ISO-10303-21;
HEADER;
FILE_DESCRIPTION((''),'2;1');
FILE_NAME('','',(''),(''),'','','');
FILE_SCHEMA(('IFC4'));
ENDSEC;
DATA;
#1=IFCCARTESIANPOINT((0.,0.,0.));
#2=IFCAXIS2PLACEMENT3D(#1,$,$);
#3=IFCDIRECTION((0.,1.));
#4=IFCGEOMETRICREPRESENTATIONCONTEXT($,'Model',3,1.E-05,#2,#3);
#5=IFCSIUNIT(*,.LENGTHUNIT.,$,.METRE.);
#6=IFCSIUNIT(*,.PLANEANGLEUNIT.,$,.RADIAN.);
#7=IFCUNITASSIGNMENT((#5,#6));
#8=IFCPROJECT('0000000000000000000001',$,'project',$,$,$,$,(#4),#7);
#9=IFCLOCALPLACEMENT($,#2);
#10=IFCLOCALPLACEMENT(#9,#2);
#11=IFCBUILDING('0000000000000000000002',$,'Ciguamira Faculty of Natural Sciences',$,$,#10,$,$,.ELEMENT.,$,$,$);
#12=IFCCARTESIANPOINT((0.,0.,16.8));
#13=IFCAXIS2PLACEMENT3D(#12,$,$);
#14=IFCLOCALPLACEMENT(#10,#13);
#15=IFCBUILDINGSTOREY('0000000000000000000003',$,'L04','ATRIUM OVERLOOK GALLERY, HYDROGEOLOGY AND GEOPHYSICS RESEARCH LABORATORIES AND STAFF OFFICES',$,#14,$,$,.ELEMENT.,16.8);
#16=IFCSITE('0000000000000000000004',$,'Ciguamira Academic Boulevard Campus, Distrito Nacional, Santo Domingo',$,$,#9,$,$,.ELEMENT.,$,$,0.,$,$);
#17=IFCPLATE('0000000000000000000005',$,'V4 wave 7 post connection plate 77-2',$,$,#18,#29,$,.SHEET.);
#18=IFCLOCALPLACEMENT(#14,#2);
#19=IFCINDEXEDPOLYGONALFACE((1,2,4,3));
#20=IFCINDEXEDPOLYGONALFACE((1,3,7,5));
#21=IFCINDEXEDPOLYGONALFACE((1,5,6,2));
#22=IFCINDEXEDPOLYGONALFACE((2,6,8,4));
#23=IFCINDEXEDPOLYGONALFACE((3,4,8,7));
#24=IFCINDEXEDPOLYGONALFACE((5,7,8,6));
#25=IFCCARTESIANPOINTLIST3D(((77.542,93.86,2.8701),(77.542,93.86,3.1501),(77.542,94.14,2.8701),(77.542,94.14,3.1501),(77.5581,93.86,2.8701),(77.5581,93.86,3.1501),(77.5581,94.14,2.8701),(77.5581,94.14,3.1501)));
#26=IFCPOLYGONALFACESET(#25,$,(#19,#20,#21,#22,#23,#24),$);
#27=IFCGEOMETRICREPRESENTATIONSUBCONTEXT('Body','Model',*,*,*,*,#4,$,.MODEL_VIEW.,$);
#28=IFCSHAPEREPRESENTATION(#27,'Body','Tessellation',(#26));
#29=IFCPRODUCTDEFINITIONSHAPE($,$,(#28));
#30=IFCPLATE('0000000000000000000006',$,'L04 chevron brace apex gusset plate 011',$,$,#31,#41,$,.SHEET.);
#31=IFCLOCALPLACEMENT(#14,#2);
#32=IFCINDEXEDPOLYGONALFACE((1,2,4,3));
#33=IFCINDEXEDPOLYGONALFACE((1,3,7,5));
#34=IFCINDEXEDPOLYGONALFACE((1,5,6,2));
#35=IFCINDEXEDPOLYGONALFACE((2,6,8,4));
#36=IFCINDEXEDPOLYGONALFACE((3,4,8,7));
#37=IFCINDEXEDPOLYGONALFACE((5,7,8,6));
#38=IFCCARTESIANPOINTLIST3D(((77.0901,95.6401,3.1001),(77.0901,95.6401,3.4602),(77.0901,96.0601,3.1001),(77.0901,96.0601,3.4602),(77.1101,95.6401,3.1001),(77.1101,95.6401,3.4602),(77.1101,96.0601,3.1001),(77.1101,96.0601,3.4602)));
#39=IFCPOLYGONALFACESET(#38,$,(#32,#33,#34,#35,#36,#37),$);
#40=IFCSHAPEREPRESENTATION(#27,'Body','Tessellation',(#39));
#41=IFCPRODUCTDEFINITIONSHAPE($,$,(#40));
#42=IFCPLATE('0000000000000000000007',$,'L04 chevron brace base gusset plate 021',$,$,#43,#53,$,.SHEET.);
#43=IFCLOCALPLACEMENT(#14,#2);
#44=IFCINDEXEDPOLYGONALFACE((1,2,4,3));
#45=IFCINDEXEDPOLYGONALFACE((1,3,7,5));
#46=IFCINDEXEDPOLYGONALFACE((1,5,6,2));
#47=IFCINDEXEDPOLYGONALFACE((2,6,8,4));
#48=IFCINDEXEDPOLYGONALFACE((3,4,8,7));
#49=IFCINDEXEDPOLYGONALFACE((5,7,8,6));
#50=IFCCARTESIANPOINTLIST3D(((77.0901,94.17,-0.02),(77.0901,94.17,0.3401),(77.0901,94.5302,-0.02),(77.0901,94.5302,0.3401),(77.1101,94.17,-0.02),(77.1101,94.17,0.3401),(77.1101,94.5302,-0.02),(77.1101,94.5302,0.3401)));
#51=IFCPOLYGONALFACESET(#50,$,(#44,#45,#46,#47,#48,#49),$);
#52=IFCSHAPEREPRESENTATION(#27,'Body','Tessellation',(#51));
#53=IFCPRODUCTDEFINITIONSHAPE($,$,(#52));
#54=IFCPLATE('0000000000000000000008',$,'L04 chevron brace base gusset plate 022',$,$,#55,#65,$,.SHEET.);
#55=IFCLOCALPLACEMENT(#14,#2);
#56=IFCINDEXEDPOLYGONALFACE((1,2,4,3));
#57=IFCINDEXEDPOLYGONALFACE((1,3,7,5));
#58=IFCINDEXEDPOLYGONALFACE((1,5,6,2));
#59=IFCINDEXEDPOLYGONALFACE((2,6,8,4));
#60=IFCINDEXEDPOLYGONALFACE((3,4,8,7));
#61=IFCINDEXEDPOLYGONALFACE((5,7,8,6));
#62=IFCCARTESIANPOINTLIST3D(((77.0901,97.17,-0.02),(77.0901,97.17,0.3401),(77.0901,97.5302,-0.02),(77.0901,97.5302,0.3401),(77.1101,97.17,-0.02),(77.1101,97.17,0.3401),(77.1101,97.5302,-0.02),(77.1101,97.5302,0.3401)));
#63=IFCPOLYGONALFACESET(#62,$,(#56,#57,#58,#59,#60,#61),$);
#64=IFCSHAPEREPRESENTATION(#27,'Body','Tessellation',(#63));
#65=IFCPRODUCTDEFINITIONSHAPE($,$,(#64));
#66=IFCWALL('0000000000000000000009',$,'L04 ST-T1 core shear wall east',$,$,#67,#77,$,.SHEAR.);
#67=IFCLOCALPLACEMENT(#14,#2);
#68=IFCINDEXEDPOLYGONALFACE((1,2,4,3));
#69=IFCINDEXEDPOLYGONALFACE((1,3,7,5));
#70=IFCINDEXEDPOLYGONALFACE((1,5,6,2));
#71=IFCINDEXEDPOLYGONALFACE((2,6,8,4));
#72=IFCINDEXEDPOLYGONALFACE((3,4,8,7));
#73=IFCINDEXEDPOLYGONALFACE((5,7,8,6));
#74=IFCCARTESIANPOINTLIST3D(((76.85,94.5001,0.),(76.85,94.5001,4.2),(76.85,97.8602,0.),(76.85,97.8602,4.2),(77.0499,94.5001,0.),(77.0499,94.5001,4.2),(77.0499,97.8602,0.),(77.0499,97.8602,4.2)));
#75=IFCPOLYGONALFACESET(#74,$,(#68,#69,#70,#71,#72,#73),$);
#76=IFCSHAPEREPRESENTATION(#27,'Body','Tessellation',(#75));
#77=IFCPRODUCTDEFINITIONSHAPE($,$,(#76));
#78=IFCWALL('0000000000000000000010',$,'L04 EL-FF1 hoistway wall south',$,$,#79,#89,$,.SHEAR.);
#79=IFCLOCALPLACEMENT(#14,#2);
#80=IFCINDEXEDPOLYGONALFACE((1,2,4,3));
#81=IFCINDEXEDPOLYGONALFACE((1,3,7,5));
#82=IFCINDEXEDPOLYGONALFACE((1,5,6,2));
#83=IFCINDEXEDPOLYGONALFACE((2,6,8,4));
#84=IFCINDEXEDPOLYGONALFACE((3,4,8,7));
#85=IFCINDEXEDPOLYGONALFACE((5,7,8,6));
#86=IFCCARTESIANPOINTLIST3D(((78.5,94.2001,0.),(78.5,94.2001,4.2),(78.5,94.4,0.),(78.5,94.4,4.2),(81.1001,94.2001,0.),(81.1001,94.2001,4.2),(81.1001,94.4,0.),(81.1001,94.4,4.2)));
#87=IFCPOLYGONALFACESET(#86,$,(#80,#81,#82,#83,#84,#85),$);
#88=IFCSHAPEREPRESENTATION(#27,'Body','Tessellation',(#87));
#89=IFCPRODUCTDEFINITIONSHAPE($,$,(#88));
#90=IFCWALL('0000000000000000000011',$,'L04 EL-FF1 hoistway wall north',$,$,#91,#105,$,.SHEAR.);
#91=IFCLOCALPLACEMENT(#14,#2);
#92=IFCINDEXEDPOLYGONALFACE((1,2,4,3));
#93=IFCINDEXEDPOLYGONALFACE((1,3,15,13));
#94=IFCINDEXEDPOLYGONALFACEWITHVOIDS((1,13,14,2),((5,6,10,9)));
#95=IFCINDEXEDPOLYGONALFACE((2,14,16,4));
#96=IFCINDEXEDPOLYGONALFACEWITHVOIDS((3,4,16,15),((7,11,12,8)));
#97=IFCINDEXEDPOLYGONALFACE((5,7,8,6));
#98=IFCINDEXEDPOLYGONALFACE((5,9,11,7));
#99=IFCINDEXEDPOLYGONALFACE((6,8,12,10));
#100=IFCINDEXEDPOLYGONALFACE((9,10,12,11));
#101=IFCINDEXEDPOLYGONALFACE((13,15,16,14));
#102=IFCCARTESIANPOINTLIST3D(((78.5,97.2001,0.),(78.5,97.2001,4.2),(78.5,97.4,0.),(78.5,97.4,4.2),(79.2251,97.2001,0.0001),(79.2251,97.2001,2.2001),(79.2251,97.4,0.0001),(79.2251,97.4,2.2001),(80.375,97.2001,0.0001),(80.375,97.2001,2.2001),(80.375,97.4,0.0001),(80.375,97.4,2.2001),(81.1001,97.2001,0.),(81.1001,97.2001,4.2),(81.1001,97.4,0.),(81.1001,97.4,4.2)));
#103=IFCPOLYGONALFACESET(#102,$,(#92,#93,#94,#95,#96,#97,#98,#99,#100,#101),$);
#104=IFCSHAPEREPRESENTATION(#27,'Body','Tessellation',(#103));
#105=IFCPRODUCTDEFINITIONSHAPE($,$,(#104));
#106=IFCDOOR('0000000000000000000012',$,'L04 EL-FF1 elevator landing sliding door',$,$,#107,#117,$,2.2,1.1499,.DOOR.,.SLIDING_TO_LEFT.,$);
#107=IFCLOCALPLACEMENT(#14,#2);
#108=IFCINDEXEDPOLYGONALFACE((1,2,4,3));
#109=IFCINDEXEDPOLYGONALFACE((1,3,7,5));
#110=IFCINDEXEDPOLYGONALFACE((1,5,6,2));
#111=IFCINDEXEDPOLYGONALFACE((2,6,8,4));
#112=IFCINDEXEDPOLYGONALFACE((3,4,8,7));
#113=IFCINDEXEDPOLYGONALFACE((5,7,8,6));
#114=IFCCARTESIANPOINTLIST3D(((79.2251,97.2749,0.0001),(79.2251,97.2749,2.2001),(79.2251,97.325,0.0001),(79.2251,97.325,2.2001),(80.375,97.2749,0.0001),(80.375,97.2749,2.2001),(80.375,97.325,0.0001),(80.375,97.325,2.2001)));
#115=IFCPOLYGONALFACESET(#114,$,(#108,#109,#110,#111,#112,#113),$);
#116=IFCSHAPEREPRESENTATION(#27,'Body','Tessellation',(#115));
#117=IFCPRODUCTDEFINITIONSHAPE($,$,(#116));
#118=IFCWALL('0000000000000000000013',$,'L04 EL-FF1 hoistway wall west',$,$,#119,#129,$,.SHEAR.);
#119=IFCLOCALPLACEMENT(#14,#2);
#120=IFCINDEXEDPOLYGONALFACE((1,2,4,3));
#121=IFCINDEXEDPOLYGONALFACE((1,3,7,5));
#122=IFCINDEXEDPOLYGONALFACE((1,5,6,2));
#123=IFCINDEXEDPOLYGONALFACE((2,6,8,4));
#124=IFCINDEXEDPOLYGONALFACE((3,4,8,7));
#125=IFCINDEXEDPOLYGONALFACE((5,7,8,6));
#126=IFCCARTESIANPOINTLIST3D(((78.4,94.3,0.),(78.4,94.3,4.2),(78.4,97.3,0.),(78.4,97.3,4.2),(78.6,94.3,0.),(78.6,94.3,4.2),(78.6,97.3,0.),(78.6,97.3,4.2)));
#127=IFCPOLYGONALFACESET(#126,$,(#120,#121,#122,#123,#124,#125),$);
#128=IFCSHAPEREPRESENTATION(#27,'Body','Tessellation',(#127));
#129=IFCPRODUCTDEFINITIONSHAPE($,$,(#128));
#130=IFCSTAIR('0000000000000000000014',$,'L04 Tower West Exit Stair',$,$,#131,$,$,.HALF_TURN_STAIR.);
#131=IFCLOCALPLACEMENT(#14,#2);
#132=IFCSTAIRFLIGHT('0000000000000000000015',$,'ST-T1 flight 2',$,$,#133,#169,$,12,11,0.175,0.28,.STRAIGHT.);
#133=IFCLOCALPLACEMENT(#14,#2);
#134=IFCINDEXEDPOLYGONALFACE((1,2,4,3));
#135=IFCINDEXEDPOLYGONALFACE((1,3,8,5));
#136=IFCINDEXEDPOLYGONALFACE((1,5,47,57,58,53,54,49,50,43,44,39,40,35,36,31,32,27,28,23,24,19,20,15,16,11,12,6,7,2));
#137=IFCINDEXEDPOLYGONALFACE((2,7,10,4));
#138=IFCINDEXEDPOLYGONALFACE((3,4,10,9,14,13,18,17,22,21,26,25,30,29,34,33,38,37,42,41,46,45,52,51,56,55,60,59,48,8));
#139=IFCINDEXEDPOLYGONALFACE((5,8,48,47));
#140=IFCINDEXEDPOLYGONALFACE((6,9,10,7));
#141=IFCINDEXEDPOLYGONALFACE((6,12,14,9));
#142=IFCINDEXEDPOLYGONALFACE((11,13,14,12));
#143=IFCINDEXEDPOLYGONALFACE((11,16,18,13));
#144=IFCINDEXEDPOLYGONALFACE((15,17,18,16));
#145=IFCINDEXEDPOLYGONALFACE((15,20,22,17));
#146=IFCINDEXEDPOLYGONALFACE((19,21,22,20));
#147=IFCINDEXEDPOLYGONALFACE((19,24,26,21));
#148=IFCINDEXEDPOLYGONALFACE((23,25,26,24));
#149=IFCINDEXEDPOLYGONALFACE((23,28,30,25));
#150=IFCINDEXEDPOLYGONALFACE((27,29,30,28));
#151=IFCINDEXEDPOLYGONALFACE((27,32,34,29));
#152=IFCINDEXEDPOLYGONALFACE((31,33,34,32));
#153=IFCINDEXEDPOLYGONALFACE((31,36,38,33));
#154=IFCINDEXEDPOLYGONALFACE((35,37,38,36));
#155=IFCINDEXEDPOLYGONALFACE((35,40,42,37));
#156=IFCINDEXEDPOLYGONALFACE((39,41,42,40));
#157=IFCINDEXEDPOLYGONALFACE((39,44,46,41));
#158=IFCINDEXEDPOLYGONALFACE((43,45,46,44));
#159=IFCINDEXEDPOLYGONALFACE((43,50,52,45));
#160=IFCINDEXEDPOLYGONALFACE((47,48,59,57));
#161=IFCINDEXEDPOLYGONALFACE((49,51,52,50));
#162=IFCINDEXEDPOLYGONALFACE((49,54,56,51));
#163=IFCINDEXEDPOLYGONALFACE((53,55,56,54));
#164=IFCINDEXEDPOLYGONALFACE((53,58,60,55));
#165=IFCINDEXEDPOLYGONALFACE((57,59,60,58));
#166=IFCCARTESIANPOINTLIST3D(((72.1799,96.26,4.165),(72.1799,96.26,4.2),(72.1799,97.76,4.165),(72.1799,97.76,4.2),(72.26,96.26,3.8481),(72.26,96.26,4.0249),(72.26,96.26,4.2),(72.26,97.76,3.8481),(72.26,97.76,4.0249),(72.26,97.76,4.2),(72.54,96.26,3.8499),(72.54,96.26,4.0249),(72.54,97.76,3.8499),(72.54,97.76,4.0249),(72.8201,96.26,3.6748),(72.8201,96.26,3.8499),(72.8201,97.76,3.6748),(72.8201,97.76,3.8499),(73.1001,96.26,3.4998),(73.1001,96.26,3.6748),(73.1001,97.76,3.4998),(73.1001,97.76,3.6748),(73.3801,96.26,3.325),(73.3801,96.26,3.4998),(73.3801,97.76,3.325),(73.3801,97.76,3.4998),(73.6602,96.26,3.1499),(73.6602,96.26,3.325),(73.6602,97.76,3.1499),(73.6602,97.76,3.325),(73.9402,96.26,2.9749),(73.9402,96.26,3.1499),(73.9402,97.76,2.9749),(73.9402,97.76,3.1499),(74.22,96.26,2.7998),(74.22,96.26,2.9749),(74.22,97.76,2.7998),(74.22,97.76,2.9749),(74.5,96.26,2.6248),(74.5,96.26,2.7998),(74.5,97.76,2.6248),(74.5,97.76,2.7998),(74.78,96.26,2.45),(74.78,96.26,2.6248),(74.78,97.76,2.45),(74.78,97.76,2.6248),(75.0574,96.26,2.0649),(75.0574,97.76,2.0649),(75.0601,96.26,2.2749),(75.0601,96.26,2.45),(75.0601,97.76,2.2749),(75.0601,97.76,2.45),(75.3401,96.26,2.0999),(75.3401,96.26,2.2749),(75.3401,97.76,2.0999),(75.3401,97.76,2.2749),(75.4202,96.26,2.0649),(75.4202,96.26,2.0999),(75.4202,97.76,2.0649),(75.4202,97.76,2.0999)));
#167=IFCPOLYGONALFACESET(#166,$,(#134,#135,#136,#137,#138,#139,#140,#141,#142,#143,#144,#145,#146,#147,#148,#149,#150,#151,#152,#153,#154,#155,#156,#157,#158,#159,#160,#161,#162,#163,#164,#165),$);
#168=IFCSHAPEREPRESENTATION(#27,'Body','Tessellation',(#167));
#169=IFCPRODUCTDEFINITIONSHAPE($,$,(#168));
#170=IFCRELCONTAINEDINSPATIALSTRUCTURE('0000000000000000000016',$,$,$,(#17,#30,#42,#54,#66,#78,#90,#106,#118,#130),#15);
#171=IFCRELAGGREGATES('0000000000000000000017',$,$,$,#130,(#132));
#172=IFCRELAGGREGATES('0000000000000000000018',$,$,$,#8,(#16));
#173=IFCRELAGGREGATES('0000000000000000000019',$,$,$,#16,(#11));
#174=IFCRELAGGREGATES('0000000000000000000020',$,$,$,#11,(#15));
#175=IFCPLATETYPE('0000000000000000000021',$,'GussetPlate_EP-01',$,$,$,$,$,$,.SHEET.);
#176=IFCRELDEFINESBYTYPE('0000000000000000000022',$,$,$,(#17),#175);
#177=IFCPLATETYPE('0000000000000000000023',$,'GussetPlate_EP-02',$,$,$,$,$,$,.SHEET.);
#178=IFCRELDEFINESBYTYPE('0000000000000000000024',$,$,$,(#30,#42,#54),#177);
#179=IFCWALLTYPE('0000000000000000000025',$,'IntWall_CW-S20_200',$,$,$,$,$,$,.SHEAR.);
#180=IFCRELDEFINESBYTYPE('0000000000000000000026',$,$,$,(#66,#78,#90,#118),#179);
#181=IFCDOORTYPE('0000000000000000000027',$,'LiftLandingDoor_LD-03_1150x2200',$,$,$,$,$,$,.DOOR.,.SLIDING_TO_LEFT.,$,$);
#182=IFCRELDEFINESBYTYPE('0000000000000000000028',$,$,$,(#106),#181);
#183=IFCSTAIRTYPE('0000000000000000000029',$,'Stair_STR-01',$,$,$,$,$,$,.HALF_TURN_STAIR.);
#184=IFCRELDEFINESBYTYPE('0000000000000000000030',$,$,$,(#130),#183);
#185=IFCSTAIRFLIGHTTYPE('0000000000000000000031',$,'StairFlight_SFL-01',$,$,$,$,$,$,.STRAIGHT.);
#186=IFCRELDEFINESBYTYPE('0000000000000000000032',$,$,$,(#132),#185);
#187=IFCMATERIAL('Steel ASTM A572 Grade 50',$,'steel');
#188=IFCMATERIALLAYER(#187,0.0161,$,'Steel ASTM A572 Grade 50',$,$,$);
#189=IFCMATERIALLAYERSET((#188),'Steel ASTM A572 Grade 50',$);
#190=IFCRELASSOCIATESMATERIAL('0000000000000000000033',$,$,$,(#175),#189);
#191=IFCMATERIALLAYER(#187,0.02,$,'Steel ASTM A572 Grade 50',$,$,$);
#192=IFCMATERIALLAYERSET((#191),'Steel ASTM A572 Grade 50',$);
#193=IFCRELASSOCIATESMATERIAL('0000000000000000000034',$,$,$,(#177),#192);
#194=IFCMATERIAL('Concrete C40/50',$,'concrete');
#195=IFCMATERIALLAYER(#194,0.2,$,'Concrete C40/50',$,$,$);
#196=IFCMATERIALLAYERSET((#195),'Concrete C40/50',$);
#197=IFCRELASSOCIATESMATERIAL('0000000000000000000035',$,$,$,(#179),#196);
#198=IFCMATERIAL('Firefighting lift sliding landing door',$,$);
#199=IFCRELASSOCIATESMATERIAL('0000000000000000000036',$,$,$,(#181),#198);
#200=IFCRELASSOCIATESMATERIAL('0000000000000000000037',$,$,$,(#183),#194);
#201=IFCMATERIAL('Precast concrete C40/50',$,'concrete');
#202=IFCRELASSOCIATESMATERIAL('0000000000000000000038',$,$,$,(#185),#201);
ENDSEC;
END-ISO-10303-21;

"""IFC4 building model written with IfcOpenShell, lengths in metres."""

from ifc_helpers import new_model, si_unit, direction, frame, frame_2d, origin, origin_2d, place, context, subcontext, project, spatial, polyline, rectangle, outline, extrude, material, layer, layer_set, type_object, element, fill, aggregate, save


model = new_model("IFC4")

# Units and contexts
model_context = context("Model", 3, precision=1e-05, world=origin(), true_north=direction((0.0, 1.0)))
body_context = subcontext(model_context, "Body", "Model", "MODEL_VIEW")
ifc_project = project(units=[si_unit("LENGTHUNIT", "METRE"), si_unit("PLANEANGLEUNIT", "RADIAN")], contexts=[model_context])

# Site, building, storey
site_placement = place(None, origin())
site = spatial("IfcSite", under=ifc_project, at=site_placement, Name="Ciguamira Academic Boulevard Campus, Distrito Nacional, Santo Domingo", CompositionType="ELEMENT", RefElevation=0.0)
building_placement = place(site_placement, origin())
building = spatial("IfcBuilding", under=site, at=building_placement, Name="Ciguamira Faculty of Natural Sciences", CompositionType="ELEMENT")
storey_placement = place(building_placement, frame((0.0, 0.0, 16.8)))
storey = spatial("IfcBuildingStorey", under=building, at=storey_placement, Name="L04", Description="ATRIUM OVERLOOK GALLERY, HYDROGEOLOGY AND GEOPHYSICS RESEARCH LABORATORIES AND STAFF OFFICES", CompositionType="ELEMENT", Elevation=16.8)

# Shared definitions
ifc_material_1 = material(Name="Concrete C40/50", Category="concrete")

# Plates
ifc_material_2 = material(Name="Steel ASTM A572 Grade 50", Category="steel")
ifc_layer_1 = layer(ifc_material_2, 0.0161, Name="Steel ASTM A572 Grade 50")
ifc_layer_set_1 = layer_set([ifc_layer_1], Name="Steel ASTM A572 Grade 50")
plate_type_1 = type_object("IfcPlateType", Name="GussetPlate_EP-01", PredefinedType="SHEET", material=ifc_layer_set_1)
plate_1_placement = place(storey_placement, frame((77.55, 94.0, 2.8701), z_axis=(0.0, 0.0, 1.0), x_axis=(1.0, 0.0, 0.0)))
element("IfcPlate", 1, at=plate_1_placement, inside=storey, type_object=plate_type_1, Name="V4 wave 7 post connection plate 77-2", PredefinedType="SHEET", context=body_context, shape_type="SweptSolid", body=[
    extrude(rectangle(XDim=0.0161, YDim=0.28, at=origin_2d()), origin(), (0.0, 0.0, 1.0), 0.28),
])
ifc_layer_2 = layer(ifc_material_2, 0.02, Name="Steel ASTM A572 Grade 50")
ifc_layer_set_2 = layer_set([ifc_layer_2], Name="Steel ASTM A572 Grade 50")
plate_type_2 = type_object("IfcPlateType", Name="GussetPlate_EP-02", PredefinedType="SHEET", material=ifc_layer_set_2)
plate_2_placement = place(storey_placement, frame((77.1001, 95.8501, 3.1001), z_axis=(0.0, 0.0, 1.0), x_axis=(1.0, 0.0, 0.0)))
element("IfcPlate", 2, at=plate_2_placement, inside=storey, type_object=plate_type_2, Name="L04 chevron brace apex gusset plate 011", PredefinedType="SHEET", context=body_context, shape_type="SweptSolid", body=[
    extrude(rectangle(XDim=0.02, YDim=0.4199, at=origin_2d()), origin(), (0.0, 0.0, 1.0), 0.3601),
])
for number, where, z_axis, x_axis, name in (
    (3, (77.1001, 94.3501, -0.02), (0.0, 0.0, 1.0), (1.0, 0.0, 0.0), "L04 chevron brace base gusset plate 021"),
    (4, (77.1001, 97.3501, -0.02), (0.0, 0.0, 1.0), (1.0, 0.0, 0.0), "L04 chevron brace base gusset plate 022"),
):
    element("IfcPlate", number, at=place(storey_placement, frame(where, z_axis=z_axis, x_axis=x_axis)), inside=storey, type_object=plate_type_2, Name=name, PredefinedType="SHEET", context=body_context, shape_type="SweptSolid", body=[
        extrude(rectangle(XDim=0.02, YDim=0.3601, at=origin_2d()), origin(), (0.0, 0.0, 1.0), 0.3601),
    ])

# Walls
ifc_layer_3 = layer(ifc_material_1, 0.2, Name="Concrete C40/50")
ifc_layer_set_3 = layer_set([ifc_layer_3], Name="Concrete C40/50")
wall_type = type_object("IfcWallType", Name="IntWall_CW-S20_200", PredefinedType="SHEAR", material=ifc_layer_set_3)
wall_1_placement = place(storey_placement, frame((76.95, 94.5, 0.0), z_axis=(0.0, 0.0, 1.0), x_axis=(0.0, 1.0, 0.0)))
element("IfcWall", 5, at=wall_1_placement, inside=storey, type_object=wall_type, Name="L04 ST-T1 core shear wall east", PredefinedType="SHEAR", context=body_context, shape_type="SweptSolid", body=[
    extrude(rectangle(XDim=3.3601, YDim=0.2, at=frame_2d((1.6802, 0.0))), origin(), (0.0, 0.0, 1.0), 4.2),
])
wall_2_placement = place(storey_placement, frame((78.5, 94.3, 0.0), z_axis=(0.0, 0.0, 1.0), x_axis=(1.0, 0.0, 0.0)))
element("IfcWall", 6, at=wall_2_placement, inside=storey, type_object=wall_type, Name="L04 EL-FF1 hoistway wall south", PredefinedType="SHEAR", context=body_context, shape_type="SweptSolid", body=[
    extrude(rectangle(XDim=2.6001, YDim=0.2, at=frame_2d((1.3, 0.0))), origin(), (0.0, 0.0, 1.0), 4.2),
])

# Wall, opening, door
wall_3_placement = place(storey_placement, frame((78.5, 97.3, 0.0), z_axis=(0.0, 0.0, 1.0), x_axis=(1.0, 0.0, 0.0)))
wall_3 = element("IfcWall", 7, at=wall_3_placement, inside=storey, type_object=wall_type, Name="L04 EL-FF1 hoistway wall north", PredefinedType="SHEAR", context=body_context, shape_type="SweptSolid", body=[
    extrude(rectangle(XDim=2.6001, YDim=0.2, at=frame_2d((1.3, 0.0))), origin(), (0.0, 0.0, 1.0), 4.2),
])
opening_placement = place(wall_3_placement, frame((0.7251, 0.0, 0.0)))
opening = element("IfcOpeningElement", 8, at=opening_placement, cuts=wall_3, PredefinedType="OPENING", context=body_context, shape_type="SweptSolid", body=[
    extrude(rectangle(XDim=1.1499, YDim=2.2, at=frame_2d((0.575, 1.1001))), frame((0.0, 0.1099, 0.0), z_axis=(0.0, -1.0, 0.0), x_axis=(1.0, 0.0, 0.0)), (0.0, 0.0, 1.0), 0.22),
])
ifc_material_3 = material(Name="Firefighting lift sliding landing door")
door_type = type_object("IfcDoorType", Name="LiftLandingDoor_LD-03_1150x2200", OperationType="SLIDING_TO_LEFT", PredefinedType="DOOR", material=ifc_material_3)
door_placement = place(opening_placement, origin())
door = element("IfcDoor", 9, at=door_placement, inside=storey, type_object=door_type, Name="L04 EL-FF1 elevator landing sliding door", OperationType="SLIDING_TO_LEFT", OverallHeight=2.2, OverallWidth=1.1499, PredefinedType="DOOR", context=body_context, shape_type="SweptSolid", body=[
    extrude(rectangle(XDim=1.1499, YDim=2.2, at=frame_2d((0.575, 1.1001))), frame((0.0, 0.0249, 0.0), z_axis=(0.0, -1.0, 0.0), x_axis=(1.0, 0.0, 0.0)), (0.0, 0.0, 1.0), 0.05),
])
fill(opening, door)

# Wall
wall_4_placement = place(storey_placement, frame((78.5, 94.3, 0.0), z_axis=(0.0, 0.0, 1.0), x_axis=(0.0, 1.0, 0.0)))
element("IfcWall", 10, at=wall_4_placement, inside=storey, type_object=wall_type, Name="L04 EL-FF1 hoistway wall west", PredefinedType="SHEAR", context=body_context, shape_type="SweptSolid", body=[
    extrude(rectangle(XDim=3.0, YDim=0.2, at=frame_2d((1.5, 0.0))), origin(), (0.0, 0.0, 1.0), 4.2),
])

# Stair, stair flight
stair_type = type_object("IfcStairType", Name="Stair_STR-01", PredefinedType="HALF_TURN_STAIR", material=ifc_material_1)
stair_placement = place(storey_placement, origin())
stair = element("IfcStair", 11, at=stair_placement, inside=storey, type_object=stair_type, Name="L04 Tower West Exit Stair", PredefinedType="HALF_TURN_STAIR")
ifc_material_4 = material(Name="Precast concrete C40/50", Category="concrete")
stair_flight_type = type_object("IfcStairFlightType", Name="StairFlight_SFL-01", PredefinedType="STRAIGHT", material=ifc_material_4)
stair_flight_placement = place(storey_placement, frame((75.3401, 97.01, 2.0999), z_axis=(0.0, 0.0, 1.0), x_axis=(-1.0, 0.0, 0.0)))
stair_flight = element("IfcStairFlight", 12, at=stair_flight_placement, type_object=stair_flight_type, Name="ST-T1 flight 2", NumberOfRisers=12, NumberOfTreads=11, PredefinedType="STRAIGHT", RiserHeight=0.175, TreadLength=0.28, context=body_context, shape_type="SweptSolid", body=[
    extrude(outline(polyline([(-0.0801, -0.0349), (-0.0801, 0.0), (0.0, 0.0), (0.0, 0.175), (0.28, 0.175), (0.28, 0.3501), (0.5601, 0.3501), (0.5601, 0.5249), (0.8401, 0.5249), (0.8401, 0.7), (1.1201, 0.7), (1.1201, 0.875), (1.3999, 0.875), (1.3999, 1.05), (1.6799, 1.05), (1.6799, 1.2251), (1.96, 1.2251), (1.96, 1.3999), (2.24, 1.3999), (2.24, 1.575), (2.52, 1.575), (2.52, 1.75), (2.8, 1.75), (2.8, 1.925), (3.0801, 1.925), (3.0801, 2.1001), (3.1602, 2.1001), (3.1602, 2.0652), (3.0801, 1.7483), (0.2827, -0.0349), (-0.0801, -0.0349)])), frame((0.0, 0.75, 0.0), z_axis=(0.0, -1.0, 0.0), x_axis=(1.0, 0.0, 0.0)), (0.0, 0.0, 1.0), 1.5),
])
aggregate(stair, [stair_flight])

save(model, "model.ifc")
